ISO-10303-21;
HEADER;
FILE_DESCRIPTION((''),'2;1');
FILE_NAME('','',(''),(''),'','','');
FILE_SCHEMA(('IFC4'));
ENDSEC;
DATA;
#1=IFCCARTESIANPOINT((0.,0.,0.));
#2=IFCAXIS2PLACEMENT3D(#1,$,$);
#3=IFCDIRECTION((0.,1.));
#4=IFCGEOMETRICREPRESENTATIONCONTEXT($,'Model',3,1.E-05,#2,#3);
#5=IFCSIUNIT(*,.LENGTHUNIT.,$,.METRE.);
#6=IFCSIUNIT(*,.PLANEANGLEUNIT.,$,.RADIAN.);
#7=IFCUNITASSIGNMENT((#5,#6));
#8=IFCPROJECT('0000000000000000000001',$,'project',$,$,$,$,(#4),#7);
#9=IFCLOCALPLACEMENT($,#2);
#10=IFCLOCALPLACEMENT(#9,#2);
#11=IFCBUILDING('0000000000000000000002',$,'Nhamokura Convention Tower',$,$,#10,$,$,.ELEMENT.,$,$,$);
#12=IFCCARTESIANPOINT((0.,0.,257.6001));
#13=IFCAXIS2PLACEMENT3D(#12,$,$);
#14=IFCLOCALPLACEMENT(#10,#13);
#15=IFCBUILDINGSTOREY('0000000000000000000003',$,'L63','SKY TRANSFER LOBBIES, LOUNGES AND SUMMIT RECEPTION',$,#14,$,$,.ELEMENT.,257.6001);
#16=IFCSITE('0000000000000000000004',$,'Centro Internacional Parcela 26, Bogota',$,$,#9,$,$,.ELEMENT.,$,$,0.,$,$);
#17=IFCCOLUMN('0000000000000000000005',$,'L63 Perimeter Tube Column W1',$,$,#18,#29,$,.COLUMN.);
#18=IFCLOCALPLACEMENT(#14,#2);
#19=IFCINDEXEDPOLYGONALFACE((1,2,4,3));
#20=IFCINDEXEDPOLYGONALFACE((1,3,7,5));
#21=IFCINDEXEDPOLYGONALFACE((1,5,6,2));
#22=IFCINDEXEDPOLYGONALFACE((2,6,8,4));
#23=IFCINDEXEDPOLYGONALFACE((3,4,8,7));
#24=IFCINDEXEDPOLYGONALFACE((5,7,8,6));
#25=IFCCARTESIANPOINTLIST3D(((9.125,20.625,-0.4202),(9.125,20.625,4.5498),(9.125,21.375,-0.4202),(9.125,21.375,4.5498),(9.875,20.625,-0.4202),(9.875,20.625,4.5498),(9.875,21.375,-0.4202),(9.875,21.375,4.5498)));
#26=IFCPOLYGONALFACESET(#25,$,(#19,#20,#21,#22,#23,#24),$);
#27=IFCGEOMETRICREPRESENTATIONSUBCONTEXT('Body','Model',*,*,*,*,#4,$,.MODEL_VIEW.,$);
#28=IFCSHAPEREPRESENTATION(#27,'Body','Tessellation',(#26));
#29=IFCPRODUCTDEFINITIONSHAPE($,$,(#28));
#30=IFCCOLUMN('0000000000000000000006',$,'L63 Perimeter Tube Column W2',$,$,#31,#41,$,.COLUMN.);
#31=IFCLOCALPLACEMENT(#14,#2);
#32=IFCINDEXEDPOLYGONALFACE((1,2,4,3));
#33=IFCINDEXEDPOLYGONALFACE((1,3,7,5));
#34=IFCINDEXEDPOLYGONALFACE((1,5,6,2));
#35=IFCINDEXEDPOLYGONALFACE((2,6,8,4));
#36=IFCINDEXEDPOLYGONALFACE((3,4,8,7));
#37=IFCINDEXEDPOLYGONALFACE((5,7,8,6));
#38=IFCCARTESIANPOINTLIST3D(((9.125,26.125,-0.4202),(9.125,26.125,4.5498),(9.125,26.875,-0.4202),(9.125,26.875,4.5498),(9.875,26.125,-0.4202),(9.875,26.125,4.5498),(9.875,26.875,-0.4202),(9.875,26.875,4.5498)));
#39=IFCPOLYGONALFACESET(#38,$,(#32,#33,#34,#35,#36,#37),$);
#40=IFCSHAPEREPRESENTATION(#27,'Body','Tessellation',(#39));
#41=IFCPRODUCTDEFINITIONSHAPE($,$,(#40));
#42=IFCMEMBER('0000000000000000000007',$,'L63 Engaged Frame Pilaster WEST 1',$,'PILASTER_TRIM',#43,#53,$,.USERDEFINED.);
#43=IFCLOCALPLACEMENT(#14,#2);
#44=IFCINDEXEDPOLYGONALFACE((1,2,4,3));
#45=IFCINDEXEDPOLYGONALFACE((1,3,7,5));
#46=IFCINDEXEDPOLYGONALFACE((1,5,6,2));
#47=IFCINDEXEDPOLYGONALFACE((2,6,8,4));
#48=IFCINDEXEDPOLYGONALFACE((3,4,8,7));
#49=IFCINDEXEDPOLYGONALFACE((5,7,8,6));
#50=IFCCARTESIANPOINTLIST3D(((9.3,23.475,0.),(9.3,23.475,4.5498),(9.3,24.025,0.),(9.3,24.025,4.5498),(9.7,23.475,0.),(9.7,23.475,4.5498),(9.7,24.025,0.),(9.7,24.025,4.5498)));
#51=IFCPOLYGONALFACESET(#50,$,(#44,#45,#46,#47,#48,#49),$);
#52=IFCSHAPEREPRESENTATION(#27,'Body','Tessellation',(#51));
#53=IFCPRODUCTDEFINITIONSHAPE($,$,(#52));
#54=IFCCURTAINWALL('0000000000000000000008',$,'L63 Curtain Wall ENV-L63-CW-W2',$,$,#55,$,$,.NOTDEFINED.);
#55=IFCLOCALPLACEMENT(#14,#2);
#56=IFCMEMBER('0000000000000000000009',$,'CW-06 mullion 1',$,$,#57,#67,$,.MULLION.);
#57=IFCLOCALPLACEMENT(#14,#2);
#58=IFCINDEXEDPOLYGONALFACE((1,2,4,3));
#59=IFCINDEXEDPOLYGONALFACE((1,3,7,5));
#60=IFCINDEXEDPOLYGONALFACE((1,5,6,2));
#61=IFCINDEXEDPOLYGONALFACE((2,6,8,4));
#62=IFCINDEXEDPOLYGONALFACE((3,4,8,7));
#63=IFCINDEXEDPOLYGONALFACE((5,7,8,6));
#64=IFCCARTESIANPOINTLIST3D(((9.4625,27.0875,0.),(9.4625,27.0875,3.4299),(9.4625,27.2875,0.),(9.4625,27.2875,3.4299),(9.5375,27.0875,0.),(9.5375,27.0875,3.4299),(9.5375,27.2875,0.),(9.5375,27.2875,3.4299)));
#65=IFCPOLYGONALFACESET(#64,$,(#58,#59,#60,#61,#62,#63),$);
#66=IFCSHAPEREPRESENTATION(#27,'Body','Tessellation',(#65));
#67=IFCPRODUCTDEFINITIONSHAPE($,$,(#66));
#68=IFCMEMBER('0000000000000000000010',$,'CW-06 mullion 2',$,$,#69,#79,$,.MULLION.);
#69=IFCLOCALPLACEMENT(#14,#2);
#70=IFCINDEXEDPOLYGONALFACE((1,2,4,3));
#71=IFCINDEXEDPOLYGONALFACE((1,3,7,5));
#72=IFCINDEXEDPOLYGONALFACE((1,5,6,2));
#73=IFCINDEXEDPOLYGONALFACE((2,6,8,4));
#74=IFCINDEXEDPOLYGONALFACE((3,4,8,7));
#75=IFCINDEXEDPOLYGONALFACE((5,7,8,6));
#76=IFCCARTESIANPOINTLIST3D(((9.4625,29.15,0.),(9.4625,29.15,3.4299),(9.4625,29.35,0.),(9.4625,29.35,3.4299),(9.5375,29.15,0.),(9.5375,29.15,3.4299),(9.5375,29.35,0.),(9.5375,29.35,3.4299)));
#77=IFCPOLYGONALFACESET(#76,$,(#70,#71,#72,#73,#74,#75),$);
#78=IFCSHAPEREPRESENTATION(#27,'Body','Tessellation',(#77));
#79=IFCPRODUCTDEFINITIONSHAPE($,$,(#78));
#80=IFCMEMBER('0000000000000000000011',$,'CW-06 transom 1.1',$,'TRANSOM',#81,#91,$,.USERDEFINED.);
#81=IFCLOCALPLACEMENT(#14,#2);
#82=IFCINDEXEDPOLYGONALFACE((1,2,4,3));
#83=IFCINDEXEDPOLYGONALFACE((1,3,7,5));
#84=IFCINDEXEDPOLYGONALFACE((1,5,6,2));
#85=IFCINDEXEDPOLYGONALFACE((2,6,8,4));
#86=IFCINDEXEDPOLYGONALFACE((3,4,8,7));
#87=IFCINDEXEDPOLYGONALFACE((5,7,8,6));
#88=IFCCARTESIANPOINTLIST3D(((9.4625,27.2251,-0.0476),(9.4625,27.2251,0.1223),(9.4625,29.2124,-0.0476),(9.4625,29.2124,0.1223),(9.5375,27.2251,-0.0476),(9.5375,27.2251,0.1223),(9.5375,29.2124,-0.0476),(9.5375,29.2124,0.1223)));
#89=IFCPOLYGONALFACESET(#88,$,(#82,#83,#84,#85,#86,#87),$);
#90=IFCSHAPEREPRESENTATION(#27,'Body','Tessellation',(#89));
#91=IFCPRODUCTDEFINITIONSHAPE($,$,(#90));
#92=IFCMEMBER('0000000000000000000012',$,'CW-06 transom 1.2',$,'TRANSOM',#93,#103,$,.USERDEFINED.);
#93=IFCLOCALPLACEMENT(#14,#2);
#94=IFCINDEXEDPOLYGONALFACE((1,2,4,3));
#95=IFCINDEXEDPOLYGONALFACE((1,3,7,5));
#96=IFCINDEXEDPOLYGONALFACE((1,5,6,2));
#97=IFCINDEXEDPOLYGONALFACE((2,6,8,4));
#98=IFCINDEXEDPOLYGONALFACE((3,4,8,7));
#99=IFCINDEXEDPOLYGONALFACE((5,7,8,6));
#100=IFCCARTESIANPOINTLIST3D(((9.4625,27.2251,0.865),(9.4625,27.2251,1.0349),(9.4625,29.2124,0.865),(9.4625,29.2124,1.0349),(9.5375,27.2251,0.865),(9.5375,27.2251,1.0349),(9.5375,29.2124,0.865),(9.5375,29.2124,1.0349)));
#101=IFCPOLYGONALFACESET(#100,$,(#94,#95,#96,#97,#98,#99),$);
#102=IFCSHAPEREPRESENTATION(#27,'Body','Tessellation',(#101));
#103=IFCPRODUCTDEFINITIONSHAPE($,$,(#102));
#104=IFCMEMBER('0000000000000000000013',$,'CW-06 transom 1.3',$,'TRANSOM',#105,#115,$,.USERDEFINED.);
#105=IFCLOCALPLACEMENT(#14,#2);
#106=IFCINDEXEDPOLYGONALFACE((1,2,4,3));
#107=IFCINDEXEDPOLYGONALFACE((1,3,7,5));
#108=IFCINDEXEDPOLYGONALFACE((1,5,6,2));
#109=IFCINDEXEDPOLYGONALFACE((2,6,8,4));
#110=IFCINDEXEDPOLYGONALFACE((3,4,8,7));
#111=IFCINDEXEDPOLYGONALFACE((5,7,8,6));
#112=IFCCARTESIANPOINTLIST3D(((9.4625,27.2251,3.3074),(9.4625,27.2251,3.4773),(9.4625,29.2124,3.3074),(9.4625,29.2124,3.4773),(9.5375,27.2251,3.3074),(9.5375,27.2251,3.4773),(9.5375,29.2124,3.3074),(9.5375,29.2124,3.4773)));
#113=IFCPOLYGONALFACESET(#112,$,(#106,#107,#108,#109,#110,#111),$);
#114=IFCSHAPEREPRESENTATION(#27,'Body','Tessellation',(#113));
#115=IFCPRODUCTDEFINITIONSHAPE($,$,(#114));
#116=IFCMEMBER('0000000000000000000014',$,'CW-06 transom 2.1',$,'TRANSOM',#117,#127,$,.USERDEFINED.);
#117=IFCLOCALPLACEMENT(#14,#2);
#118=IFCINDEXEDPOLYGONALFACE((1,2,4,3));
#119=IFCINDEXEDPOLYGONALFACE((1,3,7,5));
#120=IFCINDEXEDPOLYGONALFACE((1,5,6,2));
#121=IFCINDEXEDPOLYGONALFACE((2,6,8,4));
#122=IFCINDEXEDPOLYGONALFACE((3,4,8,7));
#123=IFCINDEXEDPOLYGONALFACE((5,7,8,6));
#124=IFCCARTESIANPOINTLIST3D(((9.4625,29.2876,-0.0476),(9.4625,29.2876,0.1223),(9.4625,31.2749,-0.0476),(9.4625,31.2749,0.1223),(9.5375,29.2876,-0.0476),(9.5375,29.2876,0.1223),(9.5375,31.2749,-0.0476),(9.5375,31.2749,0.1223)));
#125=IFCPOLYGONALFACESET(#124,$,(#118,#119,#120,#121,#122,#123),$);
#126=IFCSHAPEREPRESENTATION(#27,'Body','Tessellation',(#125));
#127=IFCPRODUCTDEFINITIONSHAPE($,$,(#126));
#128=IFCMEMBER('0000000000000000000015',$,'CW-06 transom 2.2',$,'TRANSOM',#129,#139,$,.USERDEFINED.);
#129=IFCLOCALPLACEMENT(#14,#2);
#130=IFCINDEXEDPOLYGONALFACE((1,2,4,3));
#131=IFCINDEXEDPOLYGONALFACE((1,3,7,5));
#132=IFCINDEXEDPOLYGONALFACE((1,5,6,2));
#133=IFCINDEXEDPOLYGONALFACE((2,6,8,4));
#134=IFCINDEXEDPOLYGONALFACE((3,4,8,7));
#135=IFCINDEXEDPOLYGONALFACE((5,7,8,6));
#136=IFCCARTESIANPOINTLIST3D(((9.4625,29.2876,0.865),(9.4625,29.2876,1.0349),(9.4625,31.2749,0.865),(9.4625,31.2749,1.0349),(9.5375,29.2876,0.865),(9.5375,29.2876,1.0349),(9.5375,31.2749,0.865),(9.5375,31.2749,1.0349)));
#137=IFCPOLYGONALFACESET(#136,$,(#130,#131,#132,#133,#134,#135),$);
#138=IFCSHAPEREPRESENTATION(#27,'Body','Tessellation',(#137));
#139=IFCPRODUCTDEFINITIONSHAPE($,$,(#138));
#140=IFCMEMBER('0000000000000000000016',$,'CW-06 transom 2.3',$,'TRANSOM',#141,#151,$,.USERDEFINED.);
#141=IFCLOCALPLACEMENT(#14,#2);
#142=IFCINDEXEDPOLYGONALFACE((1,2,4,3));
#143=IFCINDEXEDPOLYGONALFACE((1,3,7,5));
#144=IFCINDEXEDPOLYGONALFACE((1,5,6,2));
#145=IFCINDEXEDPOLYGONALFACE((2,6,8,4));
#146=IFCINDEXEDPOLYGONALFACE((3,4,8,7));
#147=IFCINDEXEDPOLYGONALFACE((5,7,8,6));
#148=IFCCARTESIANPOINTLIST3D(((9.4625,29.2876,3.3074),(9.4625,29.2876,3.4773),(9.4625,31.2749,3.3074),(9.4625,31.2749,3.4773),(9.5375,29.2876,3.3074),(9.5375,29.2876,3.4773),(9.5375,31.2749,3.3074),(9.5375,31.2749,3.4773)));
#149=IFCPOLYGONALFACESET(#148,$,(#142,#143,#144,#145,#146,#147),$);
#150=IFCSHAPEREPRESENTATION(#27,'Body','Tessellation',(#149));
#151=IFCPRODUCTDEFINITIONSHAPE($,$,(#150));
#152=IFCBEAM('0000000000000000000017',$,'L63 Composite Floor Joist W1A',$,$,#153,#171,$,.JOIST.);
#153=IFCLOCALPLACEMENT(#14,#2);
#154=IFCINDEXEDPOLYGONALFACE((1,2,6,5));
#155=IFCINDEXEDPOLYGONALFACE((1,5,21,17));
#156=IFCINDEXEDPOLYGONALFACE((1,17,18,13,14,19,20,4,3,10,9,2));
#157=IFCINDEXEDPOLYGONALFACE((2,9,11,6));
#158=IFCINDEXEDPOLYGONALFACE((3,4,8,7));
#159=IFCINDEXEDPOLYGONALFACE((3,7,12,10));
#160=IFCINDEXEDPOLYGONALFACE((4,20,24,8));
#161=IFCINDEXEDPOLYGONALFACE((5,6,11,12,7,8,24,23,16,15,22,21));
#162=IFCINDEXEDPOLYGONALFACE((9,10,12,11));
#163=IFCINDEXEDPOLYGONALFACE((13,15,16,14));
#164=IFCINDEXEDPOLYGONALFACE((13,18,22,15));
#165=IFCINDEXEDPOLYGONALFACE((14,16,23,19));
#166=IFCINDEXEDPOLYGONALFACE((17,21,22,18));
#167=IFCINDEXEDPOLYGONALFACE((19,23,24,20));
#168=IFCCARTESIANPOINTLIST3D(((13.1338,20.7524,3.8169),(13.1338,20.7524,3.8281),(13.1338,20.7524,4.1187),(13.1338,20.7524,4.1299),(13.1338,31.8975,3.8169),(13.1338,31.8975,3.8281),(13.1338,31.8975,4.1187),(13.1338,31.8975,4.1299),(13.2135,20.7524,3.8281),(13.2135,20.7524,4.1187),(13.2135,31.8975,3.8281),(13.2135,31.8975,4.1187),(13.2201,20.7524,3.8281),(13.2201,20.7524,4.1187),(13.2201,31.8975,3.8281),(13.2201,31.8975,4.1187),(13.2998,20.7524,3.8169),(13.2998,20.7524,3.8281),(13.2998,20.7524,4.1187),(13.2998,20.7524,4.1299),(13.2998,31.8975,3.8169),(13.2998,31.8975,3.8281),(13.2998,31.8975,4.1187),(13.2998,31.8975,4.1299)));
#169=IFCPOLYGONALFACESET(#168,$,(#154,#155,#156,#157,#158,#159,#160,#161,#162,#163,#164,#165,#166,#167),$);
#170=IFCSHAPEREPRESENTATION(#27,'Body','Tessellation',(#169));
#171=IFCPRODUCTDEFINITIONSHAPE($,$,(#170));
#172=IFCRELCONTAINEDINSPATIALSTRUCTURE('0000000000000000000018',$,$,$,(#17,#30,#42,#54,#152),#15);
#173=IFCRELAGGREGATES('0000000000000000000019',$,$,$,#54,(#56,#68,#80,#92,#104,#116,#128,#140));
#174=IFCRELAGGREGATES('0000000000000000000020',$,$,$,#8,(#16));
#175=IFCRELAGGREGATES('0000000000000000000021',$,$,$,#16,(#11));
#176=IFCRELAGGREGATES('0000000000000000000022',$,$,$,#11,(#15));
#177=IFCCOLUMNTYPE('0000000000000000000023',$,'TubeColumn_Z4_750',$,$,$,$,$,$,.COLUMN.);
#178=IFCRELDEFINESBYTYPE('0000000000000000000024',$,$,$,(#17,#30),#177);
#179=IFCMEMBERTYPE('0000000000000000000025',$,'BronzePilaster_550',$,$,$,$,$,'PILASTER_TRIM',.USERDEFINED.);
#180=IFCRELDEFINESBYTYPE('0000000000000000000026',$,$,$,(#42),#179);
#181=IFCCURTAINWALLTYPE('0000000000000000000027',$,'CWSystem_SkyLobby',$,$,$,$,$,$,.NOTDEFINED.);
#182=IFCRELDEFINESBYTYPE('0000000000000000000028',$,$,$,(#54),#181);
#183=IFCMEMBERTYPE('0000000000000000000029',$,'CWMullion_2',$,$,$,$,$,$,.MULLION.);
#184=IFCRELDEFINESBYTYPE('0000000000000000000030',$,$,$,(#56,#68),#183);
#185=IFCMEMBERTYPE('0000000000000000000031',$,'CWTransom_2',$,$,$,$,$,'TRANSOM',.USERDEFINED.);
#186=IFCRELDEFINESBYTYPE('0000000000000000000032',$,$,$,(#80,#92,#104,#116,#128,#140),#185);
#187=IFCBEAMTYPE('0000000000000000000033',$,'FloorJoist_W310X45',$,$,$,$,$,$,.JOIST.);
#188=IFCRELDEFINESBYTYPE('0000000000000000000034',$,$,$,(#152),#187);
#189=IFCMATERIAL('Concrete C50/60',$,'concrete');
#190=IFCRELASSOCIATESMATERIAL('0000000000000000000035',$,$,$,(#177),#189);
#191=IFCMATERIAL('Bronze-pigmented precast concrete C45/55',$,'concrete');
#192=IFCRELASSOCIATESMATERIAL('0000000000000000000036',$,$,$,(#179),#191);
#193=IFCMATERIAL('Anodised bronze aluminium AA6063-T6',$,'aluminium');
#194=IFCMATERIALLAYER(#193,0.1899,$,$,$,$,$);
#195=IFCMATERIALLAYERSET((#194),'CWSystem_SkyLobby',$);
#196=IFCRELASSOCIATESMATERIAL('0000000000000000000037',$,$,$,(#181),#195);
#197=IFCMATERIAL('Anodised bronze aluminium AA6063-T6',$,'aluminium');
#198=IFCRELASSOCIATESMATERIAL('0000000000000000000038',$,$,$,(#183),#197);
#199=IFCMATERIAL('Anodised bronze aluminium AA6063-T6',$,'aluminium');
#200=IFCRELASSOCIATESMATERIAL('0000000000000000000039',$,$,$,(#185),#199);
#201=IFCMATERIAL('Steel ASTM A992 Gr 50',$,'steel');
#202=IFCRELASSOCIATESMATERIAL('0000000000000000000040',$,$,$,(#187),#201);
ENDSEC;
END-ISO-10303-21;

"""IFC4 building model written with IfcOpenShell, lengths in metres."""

from ifc_helpers import new_model, si_unit, direction, frame, origin, origin_2d, place, context, subcontext, project, spatial, rectangle, i_section, extrude, material, layer, layer_set, material_profile, profile_set, type_object, element, aggregate, save


model = new_model("IFC4")

# Units and contexts
model_context = context("Model", 3, precision=1e-05, world=origin(), true_north=direction((0.0, 1.0)))
body_context = subcontext(model_context, "Body", "Model", "MODEL_VIEW")
ifc_project = project(units=[si_unit("LENGTHUNIT", "METRE"), si_unit("PLANEANGLEUNIT", "RADIAN")], contexts=[model_context])

# Site, building, storey
site_placement = place(None, origin())
site = spatial("IfcSite", under=ifc_project, at=site_placement, Name="Centro Internacional Parcela 26, Bogota", CompositionType="ELEMENT", RefElevation=0.0)
building_placement = place(site_placement, origin())
building = spatial("IfcBuilding", under=site, at=building_placement, Name="Nhamokura Convention Tower", CompositionType="ELEMENT")
storey_placement = place(building_placement, frame((0.0, 0.0, 257.6001)))
storey = spatial("IfcBuildingStorey", under=building, at=storey_placement, Name="L63", Description="SKY TRANSFER LOBBIES, LOUNGES AND SUMMIT RECEPTION", CompositionType="ELEMENT", Elevation=257.6001)

# Columns
ifc_material_1 = material(Name="Concrete C50/60", Category="concrete")
ifc_material_profile_1 = material_profile(ifc_material_1, rectangle(XDim=0.75, YDim=0.75, at=origin_2d()))
ifc_profile_set_1 = profile_set([ifc_material_profile_1], Name="Concrete C50/60")
column_type = type_object("IfcColumnType", Name="TubeColumn_Z4_750", PredefinedType="COLUMN", material=ifc_profile_set_1)
for number, where, z_axis, x_axis, name in (
    (1, (9.5, 21.0, -0.4202), (0.0, 0.0, 1.0), (1.0, 0.0, 0.0), "L63 Perimeter Tube Column W1"),
    (2, (9.5, 26.5, -0.4202), (0.0, 0.0, 1.0), (1.0, 0.0, 0.0), "L63 Perimeter Tube Column W2"),
):
    element("IfcColumn", number, at=place(storey_placement, frame(where, z_axis=z_axis, x_axis=x_axis)), inside=storey, type_object=column_type, Name=name, PredefinedType="COLUMN", context=body_context, shape_type="SweptSolid", body=[
        extrude(rectangle(XDim=0.75, YDim=0.75, at=origin_2d()), origin(), (0.0, 0.0, 1.0), 4.97),
    ])

# Member
ifc_material_2 = material(Name="Bronze-pigmented precast concrete C45/55", Category="concrete")
ifc_material_profile_2 = material_profile(ifc_material_2, rectangle(XDim=0.3999, YDim=0.55, at=origin_2d()))
ifc_profile_set_2 = profile_set([ifc_material_profile_2], Name="Bronze-pigmented precast concrete C45/55")
member_type_1 = type_object("IfcMemberType", Name="BronzePilaster_550", ElementType="PILASTER_TRIM", PredefinedType="USERDEFINED", material=ifc_profile_set_2)
member_1_placement = place(storey_placement, frame((9.5, 23.75, 0.0), z_axis=(0.0, 0.0, 1.0), x_axis=(1.0, 0.0, 0.0)))
element("IfcMember", 3, at=member_1_placement, inside=storey, type_object=member_type_1, Name="L63 Engaged Frame Pilaster WEST 1", ObjectType="PILASTER_TRIM", PredefinedType="USERDEFINED", context=body_context, shape_type="SweptSolid", body=[
    extrude(rectangle(XDim=0.3999, YDim=0.55, at=origin_2d()), origin(), (0.0, 0.0, 1.0), 4.5498),
])

# Curtain wall, members
ifc_material_3 = material(Name="Anodised bronze aluminium AA6063-T6", Category="aluminium")
ifc_layer_1 = layer(ifc_material_3, 0.1899)
ifc_layer_set_1 = layer_set([ifc_layer_1], Name="CWSystem_SkyLobby")
curtain_wall_type = type_object("IfcCurtainWallType", Name="CWSystem_SkyLobby", PredefinedType="NOTDEFINED", material=ifc_layer_set_1)
curtain_wall_placement = place(storey_placement, origin())
curtain_wall = element("IfcCurtainWall", 4, at=curtain_wall_placement, inside=storey, type_object=curtain_wall_type, Name="L63 Curtain Wall ENV-L63-CW-W2", PredefinedType="NOTDEFINED")
ifc_material_4 = material(Name="Anodised bronze aluminium AA6063-T6", Category="aluminium")
ifc_material_profile_3 = material_profile(ifc_material_4, rectangle(XDim=0.075, YDim=0.2, at=origin_2d()))
ifc_profile_set_3 = profile_set([ifc_material_profile_3], Name="Anodised bronze aluminium AA6063-T6")
member_type_2 = type_object("IfcMemberType", Name="CWMullion_2", PredefinedType="MULLION", material=ifc_profile_set_3)
member_2_placement = place(storey_placement, frame((9.5, 27.1875, 0.0), z_axis=(0.0, 0.0, 1.0), x_axis=(-1.0, 0.0, 0.0)))
member_2 = element("IfcMember", 5, at=member_2_placement, type_object=member_type_2, Name="CW-06 mullion 1", PredefinedType="MULLION", context=body_context, shape_type="SweptSolid", body=[
    extrude(rectangle(XDim=0.075, YDim=0.2, at=origin_2d()), origin(), (0.0, 0.0, 1.0), 3.4299),
])
member_3_placement = place(storey_placement, frame((9.5, 29.25, 0.0), z_axis=(0.0, 0.0, 1.0), x_axis=(-1.0, 0.0, 0.0)))
member_3 = element("IfcMember", 6, at=member_3_placement, type_object=member_type_2, Name="CW-06 mullion 2", PredefinedType="MULLION", context=body_context, shape_type="SweptSolid", body=[
    extrude(rectangle(XDim=0.075, YDim=0.2, at=origin_2d()), origin(), (0.0, 0.0, 1.0), 3.4299),
])
ifc_material_5 = material(Name="Anodised bronze aluminium AA6063-T6", Category="aluminium")
ifc_material_profile_4 = material_profile(ifc_material_5, rectangle(XDim=0.075, YDim=0.1699, at=origin_2d()))
ifc_profile_set_4 = profile_set([ifc_material_profile_4], Name="Anodised bronze aluminium AA6063-T6")
member_type_3 = type_object("IfcMemberType", Name="CWTransom_2", ElementType="TRANSOM", PredefinedType="USERDEFINED", material=ifc_profile_set_4)
member_4_placement = place(storey_placement, frame((9.5, 27.2251, 0.0374), z_axis=(0.0, 1.0, 0.0), x_axis=(-1.0, 0.0, 0.0)))
member_4 = element("IfcMember", 7, at=member_4_placement, type_object=member_type_3, Name="CW-06 transom 1.1", ObjectType="TRANSOM", PredefinedType="USERDEFINED", context=body_context, shape_type="SweptSolid", body=[
    extrude(rectangle(XDim=0.075, YDim=0.1699, at=origin_2d()), origin(), (0.0, 0.0, 1.0), 1.9873),
])
member_5_placement = place(storey_placement, frame((9.5, 27.2251, 0.95), z_axis=(0.0, 1.0, 0.0), x_axis=(-1.0, 0.0, 0.0)))
member_5 = element("IfcMember", 8, at=member_5_placement, type_object=member_type_3, Name="CW-06 transom 1.2", ObjectType="TRANSOM", PredefinedType="USERDEFINED", context=body_context, shape_type="SweptSolid", body=[
    extrude(rectangle(XDim=0.075, YDim=0.1699, at=origin_2d()), origin(), (0.0, 0.0, 1.0), 1.9873),
])
member_6_placement = place(storey_placement, frame((9.5, 27.2251, 3.3923), z_axis=(0.0, 1.0, 0.0), x_axis=(-1.0, 0.0, 0.0)))
member_6 = element("IfcMember", 9, at=member_6_placement, type_object=member_type_3, Name="CW-06 transom 1.3", ObjectType="TRANSOM", PredefinedType="USERDEFINED", context=body_context, shape_type="SweptSolid", body=[
    extrude(rectangle(XDim=0.075, YDim=0.1699, at=origin_2d()), origin(), (0.0, 0.0, 1.0), 1.9873),
])
member_7_placement = place(storey_placement, frame((9.5, 29.2876, 0.0374), z_axis=(0.0, 1.0, 0.0), x_axis=(-1.0, 0.0, 0.0)))
member_7 = element("IfcMember", 10, at=member_7_placement, type_object=member_type_3, Name="CW-06 transom 2.1", ObjectType="TRANSOM", PredefinedType="USERDEFINED", context=body_context, shape_type="SweptSolid", body=[
    extrude(rectangle(XDim=0.075, YDim=0.1699, at=origin_2d()), origin(), (0.0, 0.0, 1.0), 1.9873),
])
member_8_placement = place(storey_placement, frame((9.5, 29.2876, 0.95), z_axis=(0.0, 1.0, 0.0), x_axis=(-1.0, 0.0, 0.0)))
member_8 = element("IfcMember", 11, at=member_8_placement, type_object=member_type_3, Name="CW-06 transom 2.2", ObjectType="TRANSOM", PredefinedType="USERDEFINED", context=body_context, shape_type="SweptSolid", body=[
    extrude(rectangle(XDim=0.075, YDim=0.1699, at=origin_2d()), origin(), (0.0, 0.0, 1.0), 1.9873),
])
member_9_placement = place(storey_placement, frame((9.5, 29.2876, 3.3923), z_axis=(0.0, 1.0, 0.0), x_axis=(-1.0, 0.0, 0.0)))
member_9 = element("IfcMember", 12, at=member_9_placement, type_object=member_type_3, Name="CW-06 transom 2.3", ObjectType="TRANSOM", PredefinedType="USERDEFINED", context=body_context, shape_type="SweptSolid", body=[
    extrude(rectangle(XDim=0.075, YDim=0.1699, at=origin_2d()), origin(), (0.0, 0.0, 1.0), 1.9873),
])

# Beam
ifc_material_6 = material(Name="Steel ASTM A992 Gr 50", Category="steel")
ifc_material_profile_5 = material_profile(ifc_material_6, i_section(OverallWidth=0.166, OverallDepth=0.313, WebThickness=0.0066, FlangeThickness=0.0112, at=origin_2d()))
ifc_profile_set_5 = profile_set([ifc_material_profile_5], Name="Steel ASTM A992 Gr 50")
beam_type_1 = type_object("IfcBeamType", Name="FloorJoist_W310X45", PredefinedType="JOIST", material=ifc_profile_set_5)
beam_1_placement = place(storey_placement, frame((13.2168, 20.7524, 3.9734), z_axis=(0.0, 1.0, 0.0), x_axis=(-1.0, 0.0, 0.0)))
element("IfcBeam", 13, at=beam_1_placement, inside=storey, type_object=beam_type_1, Name="L63 Composite Floor Joist W1A", PredefinedType="JOIST", context=body_context, shape_type="SweptSolid", body=[
    extrude(i_section(OverallWidth=0.166, OverallDepth=0.313, WebThickness=0.0066, FlangeThickness=0.0112, at=origin_2d()), origin(), (0.0, 0.0, 1.0), 11.145),
])

aggregate(curtain_wall, [member_2, member_3, member_4, member_5, member_6, member_7, member_8, member_9])

save(model, "model.ifc")
